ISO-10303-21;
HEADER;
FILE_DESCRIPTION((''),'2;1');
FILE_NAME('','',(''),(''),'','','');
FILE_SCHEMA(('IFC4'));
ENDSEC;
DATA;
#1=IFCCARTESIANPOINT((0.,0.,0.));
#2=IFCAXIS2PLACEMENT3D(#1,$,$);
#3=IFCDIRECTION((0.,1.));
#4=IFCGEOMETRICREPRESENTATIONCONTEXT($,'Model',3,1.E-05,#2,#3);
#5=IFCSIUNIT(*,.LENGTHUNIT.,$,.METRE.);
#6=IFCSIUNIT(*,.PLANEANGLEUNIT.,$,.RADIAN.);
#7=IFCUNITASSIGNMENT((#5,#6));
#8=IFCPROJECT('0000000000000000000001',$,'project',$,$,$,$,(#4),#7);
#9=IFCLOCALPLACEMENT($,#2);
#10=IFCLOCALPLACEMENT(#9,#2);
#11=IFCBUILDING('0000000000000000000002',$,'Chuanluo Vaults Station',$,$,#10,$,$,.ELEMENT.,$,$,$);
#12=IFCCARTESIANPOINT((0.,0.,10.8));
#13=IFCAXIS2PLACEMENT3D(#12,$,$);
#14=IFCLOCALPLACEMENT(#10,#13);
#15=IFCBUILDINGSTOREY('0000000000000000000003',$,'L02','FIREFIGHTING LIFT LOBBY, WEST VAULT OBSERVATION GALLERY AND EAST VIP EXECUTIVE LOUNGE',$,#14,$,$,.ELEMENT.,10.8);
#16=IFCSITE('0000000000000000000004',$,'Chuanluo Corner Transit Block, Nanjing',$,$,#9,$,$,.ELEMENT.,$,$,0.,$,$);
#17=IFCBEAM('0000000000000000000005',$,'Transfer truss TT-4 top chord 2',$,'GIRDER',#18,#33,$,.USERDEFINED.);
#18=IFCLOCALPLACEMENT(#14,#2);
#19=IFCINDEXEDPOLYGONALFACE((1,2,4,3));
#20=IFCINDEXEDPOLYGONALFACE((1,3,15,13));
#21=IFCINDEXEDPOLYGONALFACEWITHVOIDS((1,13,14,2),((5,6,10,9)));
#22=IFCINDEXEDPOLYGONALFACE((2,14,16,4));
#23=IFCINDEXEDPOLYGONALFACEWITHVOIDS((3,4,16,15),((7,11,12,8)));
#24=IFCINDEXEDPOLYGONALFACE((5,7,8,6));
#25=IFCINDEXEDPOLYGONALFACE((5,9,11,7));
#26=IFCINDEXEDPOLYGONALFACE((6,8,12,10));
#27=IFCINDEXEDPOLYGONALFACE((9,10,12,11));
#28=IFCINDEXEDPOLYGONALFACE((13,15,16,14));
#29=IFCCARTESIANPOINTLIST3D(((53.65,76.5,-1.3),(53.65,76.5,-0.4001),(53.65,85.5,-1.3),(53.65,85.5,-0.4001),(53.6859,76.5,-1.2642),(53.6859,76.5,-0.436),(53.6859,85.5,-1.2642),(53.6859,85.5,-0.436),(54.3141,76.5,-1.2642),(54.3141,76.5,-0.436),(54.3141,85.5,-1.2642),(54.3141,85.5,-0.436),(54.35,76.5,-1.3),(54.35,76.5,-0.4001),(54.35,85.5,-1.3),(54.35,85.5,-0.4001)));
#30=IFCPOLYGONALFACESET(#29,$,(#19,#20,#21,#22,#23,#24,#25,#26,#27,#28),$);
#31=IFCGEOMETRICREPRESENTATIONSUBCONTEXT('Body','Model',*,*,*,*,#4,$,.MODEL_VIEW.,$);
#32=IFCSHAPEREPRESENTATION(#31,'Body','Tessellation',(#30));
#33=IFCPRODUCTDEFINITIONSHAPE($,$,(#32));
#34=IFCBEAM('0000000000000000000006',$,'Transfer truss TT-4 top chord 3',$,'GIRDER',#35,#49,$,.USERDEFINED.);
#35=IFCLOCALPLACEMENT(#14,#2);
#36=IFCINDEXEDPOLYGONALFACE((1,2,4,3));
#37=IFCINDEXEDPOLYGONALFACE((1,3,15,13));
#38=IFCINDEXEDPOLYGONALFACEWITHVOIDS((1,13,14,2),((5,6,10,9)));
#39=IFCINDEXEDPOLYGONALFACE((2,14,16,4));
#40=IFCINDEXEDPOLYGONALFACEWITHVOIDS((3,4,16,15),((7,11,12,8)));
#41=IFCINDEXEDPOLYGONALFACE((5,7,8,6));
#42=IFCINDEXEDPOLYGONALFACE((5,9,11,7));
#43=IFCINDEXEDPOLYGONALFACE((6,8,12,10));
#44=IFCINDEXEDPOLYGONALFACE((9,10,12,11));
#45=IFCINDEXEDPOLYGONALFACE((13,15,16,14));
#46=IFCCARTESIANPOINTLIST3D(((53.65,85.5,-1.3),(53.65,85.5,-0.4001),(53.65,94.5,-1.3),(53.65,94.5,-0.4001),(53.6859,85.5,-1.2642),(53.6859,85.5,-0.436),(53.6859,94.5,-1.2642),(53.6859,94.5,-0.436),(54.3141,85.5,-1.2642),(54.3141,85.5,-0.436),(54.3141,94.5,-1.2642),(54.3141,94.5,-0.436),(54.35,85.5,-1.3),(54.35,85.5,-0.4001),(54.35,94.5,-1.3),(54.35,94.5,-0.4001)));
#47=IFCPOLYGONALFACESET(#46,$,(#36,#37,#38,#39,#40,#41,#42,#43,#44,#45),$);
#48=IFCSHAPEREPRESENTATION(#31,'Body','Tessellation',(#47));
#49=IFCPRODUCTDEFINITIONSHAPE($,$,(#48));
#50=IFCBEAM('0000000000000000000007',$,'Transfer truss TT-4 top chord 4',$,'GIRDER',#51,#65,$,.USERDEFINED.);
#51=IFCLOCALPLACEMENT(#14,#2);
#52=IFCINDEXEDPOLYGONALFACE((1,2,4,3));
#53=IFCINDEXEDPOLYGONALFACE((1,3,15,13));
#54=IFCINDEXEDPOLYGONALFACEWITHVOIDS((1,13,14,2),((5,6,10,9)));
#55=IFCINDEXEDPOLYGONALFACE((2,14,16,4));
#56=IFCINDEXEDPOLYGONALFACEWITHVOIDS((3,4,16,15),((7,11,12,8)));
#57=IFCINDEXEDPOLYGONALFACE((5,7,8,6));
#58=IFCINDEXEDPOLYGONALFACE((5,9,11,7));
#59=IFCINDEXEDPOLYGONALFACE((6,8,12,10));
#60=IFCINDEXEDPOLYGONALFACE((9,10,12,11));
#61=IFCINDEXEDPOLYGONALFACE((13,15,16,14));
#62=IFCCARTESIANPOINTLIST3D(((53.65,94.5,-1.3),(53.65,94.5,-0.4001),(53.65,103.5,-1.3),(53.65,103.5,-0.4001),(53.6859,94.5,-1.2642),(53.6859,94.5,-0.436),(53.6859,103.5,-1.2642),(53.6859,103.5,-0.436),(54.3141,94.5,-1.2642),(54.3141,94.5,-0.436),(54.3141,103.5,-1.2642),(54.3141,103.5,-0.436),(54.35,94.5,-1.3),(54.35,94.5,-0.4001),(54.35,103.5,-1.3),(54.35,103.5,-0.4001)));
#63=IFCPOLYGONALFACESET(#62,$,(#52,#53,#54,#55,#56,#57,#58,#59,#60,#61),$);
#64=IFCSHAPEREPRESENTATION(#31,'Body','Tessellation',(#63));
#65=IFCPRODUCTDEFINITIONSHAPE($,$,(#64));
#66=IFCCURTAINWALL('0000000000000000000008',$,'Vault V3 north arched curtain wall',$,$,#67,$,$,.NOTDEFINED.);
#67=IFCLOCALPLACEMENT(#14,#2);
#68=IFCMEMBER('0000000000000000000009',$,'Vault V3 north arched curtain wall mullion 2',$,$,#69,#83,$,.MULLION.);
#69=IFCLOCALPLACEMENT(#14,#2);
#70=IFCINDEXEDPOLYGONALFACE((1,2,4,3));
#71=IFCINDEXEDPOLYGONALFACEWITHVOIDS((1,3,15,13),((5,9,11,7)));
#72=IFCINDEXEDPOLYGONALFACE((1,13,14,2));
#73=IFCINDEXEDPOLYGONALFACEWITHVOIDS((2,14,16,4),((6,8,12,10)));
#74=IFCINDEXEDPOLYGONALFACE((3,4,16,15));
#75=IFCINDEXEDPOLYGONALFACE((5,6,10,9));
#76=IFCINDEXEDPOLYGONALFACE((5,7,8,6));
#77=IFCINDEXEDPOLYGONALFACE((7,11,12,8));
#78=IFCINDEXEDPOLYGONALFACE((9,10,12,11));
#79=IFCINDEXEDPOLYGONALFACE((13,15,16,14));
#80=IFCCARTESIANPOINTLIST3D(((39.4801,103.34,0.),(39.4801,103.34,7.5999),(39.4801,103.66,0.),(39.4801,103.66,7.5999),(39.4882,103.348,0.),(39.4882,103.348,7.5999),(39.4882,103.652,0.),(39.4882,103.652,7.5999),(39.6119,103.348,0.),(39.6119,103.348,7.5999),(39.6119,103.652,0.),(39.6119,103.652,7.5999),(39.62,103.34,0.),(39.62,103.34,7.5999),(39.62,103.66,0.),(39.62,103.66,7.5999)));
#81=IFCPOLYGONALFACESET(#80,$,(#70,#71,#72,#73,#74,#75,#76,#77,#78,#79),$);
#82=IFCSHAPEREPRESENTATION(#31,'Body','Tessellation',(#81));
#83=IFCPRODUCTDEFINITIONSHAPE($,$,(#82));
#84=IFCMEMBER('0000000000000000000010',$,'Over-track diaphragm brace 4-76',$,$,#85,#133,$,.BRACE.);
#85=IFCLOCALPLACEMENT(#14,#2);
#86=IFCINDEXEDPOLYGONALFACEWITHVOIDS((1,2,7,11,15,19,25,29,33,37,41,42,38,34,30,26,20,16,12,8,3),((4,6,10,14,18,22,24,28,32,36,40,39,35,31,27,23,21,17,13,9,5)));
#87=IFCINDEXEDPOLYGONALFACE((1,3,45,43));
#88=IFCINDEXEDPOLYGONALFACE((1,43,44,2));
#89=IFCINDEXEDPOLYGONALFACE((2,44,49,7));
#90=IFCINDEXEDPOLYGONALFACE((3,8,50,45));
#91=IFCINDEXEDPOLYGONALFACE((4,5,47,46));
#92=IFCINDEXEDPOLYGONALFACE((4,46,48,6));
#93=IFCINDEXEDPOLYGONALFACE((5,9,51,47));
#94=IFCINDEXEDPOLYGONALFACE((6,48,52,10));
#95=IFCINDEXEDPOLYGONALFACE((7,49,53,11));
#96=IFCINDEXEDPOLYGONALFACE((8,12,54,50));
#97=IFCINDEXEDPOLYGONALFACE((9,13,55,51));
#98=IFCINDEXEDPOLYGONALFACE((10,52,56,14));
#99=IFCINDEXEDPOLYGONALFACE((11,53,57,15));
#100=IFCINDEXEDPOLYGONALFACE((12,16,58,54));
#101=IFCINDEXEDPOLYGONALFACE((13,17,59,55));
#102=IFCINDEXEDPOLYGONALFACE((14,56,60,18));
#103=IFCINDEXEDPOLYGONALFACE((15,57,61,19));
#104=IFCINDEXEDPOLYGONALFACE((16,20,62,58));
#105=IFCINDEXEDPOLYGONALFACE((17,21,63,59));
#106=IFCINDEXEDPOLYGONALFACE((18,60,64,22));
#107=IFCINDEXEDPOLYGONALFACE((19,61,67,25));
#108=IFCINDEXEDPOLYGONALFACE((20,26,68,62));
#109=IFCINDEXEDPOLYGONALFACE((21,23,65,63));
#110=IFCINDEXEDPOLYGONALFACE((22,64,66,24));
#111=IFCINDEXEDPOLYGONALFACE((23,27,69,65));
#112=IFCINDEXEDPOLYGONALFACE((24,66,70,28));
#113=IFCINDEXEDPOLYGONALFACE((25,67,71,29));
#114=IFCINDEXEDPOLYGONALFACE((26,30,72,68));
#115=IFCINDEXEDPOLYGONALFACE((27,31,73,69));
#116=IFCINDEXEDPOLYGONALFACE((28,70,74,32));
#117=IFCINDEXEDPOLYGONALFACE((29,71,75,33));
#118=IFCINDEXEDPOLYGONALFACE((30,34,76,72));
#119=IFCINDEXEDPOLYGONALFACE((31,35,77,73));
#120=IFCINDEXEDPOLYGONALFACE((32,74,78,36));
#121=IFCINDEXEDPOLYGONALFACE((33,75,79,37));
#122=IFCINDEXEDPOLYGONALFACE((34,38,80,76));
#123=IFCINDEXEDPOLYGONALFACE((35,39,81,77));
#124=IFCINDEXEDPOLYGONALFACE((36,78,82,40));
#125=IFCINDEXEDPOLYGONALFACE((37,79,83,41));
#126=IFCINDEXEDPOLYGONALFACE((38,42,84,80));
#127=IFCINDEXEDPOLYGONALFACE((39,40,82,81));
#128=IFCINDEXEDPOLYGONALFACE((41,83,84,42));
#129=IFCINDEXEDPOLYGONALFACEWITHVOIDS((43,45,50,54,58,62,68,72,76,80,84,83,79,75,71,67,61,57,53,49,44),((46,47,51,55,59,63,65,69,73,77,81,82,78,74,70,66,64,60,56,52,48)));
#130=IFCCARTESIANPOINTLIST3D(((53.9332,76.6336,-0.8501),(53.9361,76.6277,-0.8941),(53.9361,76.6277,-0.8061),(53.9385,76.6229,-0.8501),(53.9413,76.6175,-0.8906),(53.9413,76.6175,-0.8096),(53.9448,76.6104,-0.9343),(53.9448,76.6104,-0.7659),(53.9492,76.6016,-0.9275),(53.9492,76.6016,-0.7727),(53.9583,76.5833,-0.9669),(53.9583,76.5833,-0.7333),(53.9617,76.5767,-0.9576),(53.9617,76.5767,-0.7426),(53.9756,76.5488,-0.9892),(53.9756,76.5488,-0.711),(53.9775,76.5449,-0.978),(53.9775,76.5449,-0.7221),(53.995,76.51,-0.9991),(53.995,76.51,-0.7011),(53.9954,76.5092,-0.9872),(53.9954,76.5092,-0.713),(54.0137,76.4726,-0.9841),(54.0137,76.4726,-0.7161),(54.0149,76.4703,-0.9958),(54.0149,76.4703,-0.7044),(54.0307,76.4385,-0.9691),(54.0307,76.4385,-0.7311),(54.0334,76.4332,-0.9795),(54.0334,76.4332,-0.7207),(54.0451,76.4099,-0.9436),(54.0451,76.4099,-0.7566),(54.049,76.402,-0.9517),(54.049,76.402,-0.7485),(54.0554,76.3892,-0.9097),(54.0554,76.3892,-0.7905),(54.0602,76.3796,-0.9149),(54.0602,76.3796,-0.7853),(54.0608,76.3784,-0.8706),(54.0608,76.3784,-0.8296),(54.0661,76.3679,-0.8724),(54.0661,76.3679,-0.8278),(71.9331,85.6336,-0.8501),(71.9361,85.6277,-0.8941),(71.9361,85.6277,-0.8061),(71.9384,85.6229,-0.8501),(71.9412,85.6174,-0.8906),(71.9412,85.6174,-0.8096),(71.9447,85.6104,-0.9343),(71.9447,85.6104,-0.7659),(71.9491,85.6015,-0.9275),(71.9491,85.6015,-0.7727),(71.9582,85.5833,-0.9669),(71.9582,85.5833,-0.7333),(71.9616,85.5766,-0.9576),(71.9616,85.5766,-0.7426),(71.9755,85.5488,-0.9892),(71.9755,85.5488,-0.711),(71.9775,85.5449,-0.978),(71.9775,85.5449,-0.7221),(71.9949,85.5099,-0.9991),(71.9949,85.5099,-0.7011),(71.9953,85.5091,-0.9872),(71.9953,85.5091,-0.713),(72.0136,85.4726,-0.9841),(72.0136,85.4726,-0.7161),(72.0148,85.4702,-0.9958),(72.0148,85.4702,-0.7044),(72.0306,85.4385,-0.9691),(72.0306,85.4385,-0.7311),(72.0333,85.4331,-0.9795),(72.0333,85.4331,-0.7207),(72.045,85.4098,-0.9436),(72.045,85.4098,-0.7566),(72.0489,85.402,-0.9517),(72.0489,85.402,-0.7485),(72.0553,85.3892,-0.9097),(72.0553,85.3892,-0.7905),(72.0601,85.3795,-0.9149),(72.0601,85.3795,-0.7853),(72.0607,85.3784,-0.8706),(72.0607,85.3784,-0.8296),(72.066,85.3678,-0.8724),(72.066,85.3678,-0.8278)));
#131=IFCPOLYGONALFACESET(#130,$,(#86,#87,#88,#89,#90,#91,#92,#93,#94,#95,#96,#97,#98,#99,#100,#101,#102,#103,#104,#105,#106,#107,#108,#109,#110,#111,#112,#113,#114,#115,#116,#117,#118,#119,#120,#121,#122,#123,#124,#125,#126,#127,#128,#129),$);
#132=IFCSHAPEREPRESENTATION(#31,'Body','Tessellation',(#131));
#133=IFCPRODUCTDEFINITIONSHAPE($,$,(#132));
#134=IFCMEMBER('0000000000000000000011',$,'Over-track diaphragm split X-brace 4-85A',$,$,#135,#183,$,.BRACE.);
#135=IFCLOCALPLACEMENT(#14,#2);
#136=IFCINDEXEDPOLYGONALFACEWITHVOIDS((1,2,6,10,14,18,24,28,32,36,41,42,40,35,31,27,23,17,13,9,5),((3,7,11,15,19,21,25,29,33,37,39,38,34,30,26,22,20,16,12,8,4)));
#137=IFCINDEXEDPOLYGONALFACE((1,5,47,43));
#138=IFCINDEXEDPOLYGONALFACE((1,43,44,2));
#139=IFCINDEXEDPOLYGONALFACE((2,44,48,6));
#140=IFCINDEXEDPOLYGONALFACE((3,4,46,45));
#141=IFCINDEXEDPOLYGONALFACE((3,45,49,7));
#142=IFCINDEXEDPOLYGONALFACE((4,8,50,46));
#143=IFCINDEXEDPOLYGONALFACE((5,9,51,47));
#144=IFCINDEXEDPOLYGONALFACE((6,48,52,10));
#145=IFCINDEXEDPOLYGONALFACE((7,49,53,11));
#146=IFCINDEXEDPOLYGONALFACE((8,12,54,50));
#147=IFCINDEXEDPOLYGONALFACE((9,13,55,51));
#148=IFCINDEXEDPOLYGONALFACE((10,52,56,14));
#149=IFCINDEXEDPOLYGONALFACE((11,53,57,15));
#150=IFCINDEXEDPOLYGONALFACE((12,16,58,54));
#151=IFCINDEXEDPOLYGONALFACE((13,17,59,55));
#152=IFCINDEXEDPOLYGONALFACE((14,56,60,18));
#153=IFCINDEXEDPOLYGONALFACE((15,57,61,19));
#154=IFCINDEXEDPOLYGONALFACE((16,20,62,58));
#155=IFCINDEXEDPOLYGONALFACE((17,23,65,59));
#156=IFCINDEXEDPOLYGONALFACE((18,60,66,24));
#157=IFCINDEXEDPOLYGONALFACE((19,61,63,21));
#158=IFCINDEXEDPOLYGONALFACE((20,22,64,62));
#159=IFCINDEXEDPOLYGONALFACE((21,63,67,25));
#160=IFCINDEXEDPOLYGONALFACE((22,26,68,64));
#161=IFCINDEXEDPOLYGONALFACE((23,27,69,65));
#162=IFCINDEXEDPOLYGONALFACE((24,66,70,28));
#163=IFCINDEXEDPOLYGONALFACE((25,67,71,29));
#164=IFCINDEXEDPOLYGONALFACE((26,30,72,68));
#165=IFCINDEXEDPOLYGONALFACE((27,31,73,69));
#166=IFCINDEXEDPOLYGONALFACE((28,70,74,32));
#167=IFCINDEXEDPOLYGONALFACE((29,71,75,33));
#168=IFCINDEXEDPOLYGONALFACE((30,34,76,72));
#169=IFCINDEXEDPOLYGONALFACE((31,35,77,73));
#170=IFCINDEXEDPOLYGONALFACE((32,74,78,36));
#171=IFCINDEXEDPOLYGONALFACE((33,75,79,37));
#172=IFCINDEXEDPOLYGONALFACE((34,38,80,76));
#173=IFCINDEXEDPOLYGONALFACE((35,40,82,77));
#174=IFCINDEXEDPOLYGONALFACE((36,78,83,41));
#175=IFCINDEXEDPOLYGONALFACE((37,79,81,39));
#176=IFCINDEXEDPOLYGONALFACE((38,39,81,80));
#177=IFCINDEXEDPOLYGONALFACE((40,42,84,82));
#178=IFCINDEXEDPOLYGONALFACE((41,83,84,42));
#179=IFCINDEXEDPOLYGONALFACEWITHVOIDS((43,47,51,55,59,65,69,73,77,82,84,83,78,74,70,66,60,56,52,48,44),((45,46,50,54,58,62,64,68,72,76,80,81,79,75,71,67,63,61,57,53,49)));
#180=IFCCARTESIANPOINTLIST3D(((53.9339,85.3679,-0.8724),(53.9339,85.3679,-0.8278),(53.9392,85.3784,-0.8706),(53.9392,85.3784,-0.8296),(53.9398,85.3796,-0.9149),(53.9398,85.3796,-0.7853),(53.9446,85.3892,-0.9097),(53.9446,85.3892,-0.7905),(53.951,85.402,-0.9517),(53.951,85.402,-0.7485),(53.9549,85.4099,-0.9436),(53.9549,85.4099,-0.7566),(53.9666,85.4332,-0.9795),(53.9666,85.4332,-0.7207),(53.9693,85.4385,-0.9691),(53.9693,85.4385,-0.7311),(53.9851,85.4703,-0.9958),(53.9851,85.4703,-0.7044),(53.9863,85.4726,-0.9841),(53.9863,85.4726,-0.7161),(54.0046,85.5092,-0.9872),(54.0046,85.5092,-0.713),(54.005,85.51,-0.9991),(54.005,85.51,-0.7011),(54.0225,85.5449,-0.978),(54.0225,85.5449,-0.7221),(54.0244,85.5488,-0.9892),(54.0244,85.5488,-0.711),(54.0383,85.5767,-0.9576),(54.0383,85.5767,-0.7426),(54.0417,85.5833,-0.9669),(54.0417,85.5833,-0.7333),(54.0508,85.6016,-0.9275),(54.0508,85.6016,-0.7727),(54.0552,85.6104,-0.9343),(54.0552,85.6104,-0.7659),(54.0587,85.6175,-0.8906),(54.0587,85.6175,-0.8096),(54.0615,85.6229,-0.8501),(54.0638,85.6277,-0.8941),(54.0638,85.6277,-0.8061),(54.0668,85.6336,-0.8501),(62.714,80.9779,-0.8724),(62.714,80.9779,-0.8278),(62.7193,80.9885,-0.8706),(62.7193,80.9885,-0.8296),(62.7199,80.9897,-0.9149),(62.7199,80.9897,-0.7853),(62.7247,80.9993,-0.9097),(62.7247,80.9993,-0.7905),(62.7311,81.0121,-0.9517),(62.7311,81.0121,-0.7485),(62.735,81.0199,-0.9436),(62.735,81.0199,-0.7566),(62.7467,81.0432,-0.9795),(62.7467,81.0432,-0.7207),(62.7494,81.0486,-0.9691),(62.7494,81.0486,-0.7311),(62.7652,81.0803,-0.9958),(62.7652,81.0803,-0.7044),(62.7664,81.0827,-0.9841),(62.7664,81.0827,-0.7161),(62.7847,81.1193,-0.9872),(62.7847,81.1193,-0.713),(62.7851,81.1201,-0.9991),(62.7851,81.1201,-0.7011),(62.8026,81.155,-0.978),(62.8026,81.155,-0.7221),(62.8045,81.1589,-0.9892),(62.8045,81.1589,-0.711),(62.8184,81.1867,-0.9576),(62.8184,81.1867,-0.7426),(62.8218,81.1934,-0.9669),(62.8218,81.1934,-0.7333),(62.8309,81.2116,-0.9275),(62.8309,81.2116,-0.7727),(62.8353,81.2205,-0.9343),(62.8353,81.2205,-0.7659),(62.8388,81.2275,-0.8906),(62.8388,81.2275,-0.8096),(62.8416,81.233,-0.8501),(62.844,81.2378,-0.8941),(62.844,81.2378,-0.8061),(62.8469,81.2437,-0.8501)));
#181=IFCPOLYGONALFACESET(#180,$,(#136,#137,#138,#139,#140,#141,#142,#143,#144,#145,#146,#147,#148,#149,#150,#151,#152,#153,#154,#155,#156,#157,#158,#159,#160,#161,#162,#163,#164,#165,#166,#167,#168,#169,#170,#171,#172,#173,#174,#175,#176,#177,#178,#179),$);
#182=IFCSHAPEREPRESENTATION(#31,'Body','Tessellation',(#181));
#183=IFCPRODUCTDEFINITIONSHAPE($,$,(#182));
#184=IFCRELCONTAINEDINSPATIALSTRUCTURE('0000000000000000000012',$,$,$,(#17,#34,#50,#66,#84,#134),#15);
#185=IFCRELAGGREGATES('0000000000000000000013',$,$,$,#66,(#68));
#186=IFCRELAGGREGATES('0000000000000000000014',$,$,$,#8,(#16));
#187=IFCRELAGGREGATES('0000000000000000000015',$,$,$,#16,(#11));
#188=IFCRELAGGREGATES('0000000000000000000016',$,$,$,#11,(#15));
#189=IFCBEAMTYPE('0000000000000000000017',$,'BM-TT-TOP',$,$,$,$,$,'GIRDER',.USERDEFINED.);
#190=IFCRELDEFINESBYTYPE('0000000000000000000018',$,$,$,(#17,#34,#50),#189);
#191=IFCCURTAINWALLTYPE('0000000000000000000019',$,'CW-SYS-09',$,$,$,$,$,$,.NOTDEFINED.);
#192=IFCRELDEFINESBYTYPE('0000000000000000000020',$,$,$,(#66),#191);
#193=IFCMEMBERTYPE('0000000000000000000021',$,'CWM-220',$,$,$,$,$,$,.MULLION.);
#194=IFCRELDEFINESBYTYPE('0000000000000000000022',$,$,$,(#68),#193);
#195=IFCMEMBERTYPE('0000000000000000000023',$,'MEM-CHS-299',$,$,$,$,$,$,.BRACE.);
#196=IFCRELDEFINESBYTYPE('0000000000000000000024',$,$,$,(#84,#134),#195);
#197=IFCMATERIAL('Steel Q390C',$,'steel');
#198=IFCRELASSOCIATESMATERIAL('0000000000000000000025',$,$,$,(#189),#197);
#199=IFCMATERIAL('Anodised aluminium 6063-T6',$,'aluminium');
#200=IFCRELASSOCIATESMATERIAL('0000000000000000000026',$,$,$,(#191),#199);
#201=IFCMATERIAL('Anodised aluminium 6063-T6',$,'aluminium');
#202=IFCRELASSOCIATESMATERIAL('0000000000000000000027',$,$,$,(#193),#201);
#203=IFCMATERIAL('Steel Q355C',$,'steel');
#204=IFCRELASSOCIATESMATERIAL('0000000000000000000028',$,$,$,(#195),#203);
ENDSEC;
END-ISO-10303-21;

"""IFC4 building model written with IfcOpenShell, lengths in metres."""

from ifc_helpers import new_model, si_unit, direction, frame, origin, origin_2d, place, context, subcontext, project, spatial, hollow_rectangle, hollow_circle, extrude, material, material_profile, profile_set, type_object, element, aggregate, save


model = new_model("IFC4")

# Units and contexts
model_context = context("Model", 3, precision=1e-05, world=origin(), true_north=direction((0.0, 1.0)))
body_context = subcontext(model_context, "Body", "Model", "MODEL_VIEW")
ifc_project = project(units=[si_unit("LENGTHUNIT", "METRE"), si_unit("PLANEANGLEUNIT", "RADIAN")], contexts=[model_context])

# Site, building, storey
site_placement = place(None, origin())
site = spatial("IfcSite", under=ifc_project, at=site_placement, Name="Chuanluo Corner Transit Block, Nanjing", CompositionType="ELEMENT", RefElevation=0.0)
building_placement = place(site_placement, origin())
building = spatial("IfcBuilding", under=site, at=building_placement, Name="Chuanluo Vaults Station", CompositionType="ELEMENT")
storey_placement = place(building_placement, frame((0.0, 0.0, 10.8)))
storey = spatial("IfcBuildingStorey", under=building, at=storey_placement, Name="L02", Description="FIREFIGHTING LIFT LOBBY, WEST VAULT OBSERVATION GALLERY AND EAST VIP EXECUTIVE LOUNGE", CompositionType="ELEMENT", Elevation=10.8)

# Beams
ifc_material_1 = material(Name="Steel Q390C", Category="steel")
ifc_material_profile_1 = material_profile(ifc_material_1, hollow_rectangle(XDim=0.7, YDim=0.8999, WallThickness=0.0359, at=origin_2d()))
ifc_profile_set_1 = profile_set([ifc_material_profile_1], Name="Steel Q390C")
beam_type_1 = type_object("IfcBeamType", Name="BM-TT-TOP", ElementType="GIRDER", PredefinedType="USERDEFINED", material=ifc_profile_set_1)
for number, where, z_axis, x_axis, name in (
    (1, (54.0, 76.5, -0.8501), (0.0, 1.0, 0.0), (-1.0, 0.0, 0.0), "Transfer truss TT-4 top chord 2"),
    (2, (54.0, 85.5, -0.8501), (0.0, 1.0, 0.0), (-1.0, 0.0, 0.0), "Transfer truss TT-4 top chord 3"),
    (3, (54.0, 94.5, -0.8501), (0.0, 1.0, 0.0), (-1.0, 0.0, 0.0), "Transfer truss TT-4 top chord 4"),
):
    element("IfcBeam", number, at=place(storey_placement, frame(where, z_axis=z_axis, x_axis=x_axis)), inside=storey, type_object=beam_type_1, Name=name, ObjectType="GIRDER", PredefinedType="USERDEFINED", context=body_context, shape_type="SweptSolid", body=[
        extrude(hollow_rectangle(XDim=0.7, YDim=0.8999, WallThickness=0.0359, at=origin_2d()), origin(), (0.0, 0.0, 1.0), 9.0),
    ])

# Curtain wall, member
ifc_material_2 = material(Name="Anodised aluminium 6063-T6", Category="aluminium")
curtain_wall_type = type_object("IfcCurtainWallType", Name="CW-SYS-09", PredefinedType="NOTDEFINED", material=ifc_material_2)
curtain_wall_placement = place(storey_placement, origin())
curtain_wall = element("IfcCurtainWall", 4, at=curtain_wall_placement, inside=storey, type_object=curtain_wall_type, Name="Vault V3 north arched curtain wall", PredefinedType="NOTDEFINED")
ifc_material_3 = material(Name="Anodised aluminium 6063-T6", Category="aluminium")
ifc_material_profile_2 = material_profile(ifc_material_3, hollow_rectangle(XDim=0.1399, YDim=0.3201, WallThickness=0.0081, at=origin_2d()))
ifc_profile_set_2 = profile_set([ifc_material_profile_2], Name="Anodised aluminium 6063-T6")
member_type_1 = type_object("IfcMemberType", Name="CWM-220", PredefinedType="MULLION", material=ifc_profile_set_2)
member_1_placement = place(storey_placement, frame((39.55, 103.5, 0.0), z_axis=(0.0, 0.0, 1.0), x_axis=(1.0, 0.0, 0.0)))
member_1 = element("IfcMember", 5, at=member_1_placement, type_object=member_type_1, Name="Vault V3 north arched curtain wall mullion 2", PredefinedType="MULLION", context=body_context, shape_type="SweptSolid", body=[
    extrude(hollow_rectangle(XDim=0.1399, YDim=0.3201, WallThickness=0.0081, at=origin_2d()), origin(), (0.0, 0.0, 1.0), 7.5999),
])
aggregate(curtain_wall, [member_1])

# Members
ifc_material_4 = material(Name="Steel Q355C", Category="steel")
ifc_material_profile_3 = material_profile(ifc_material_4, hollow_circle(Radius=0.1494, WallThickness=0.012, at=origin_2d()))
ifc_profile_set_3 = profile_set([ifc_material_profile_3], Name="Steel Q355C")
member_type_2 = type_object("IfcMemberType", Name="MEM-CHS-299", PredefinedType="BRACE", material=ifc_profile_set_3)
member_2_placement = place(storey_placement, frame((54.0, 76.5, -0.8501), z_axis=(0.894427, 0.447214, 0.0), x_axis=(-0.447214, 0.894427, 0.0)))
element("IfcMember", 6, at=member_2_placement, inside=storey, type_object=member_type_2, Name="Over-track diaphragm brace 4-76", PredefinedType="BRACE", context=body_context, shape_type="SweptSolid", body=[
    extrude(hollow_circle(Radius=0.1494, WallThickness=0.012, at=origin_2d()), origin(), (0.0, 0.0, 1.0), 20.1245),
])
member_3_placement = place(storey_placement, frame((54.0, 85.5, -0.8501), z_axis=(0.894432, -0.447204, 0.0), x_axis=(0.447204, 0.894432, 0.0)))
element("IfcMember", 7, at=member_3_placement, inside=storey, type_object=member_type_2, Name="Over-track diaphragm split X-brace 4-85A", PredefinedType="BRACE", context=body_context, shape_type="SweptSolid", body=[
    extrude(hollow_circle(Radius=0.1494, WallThickness=0.012, at=origin_2d()), origin(), (0.0, 0.0, 1.0), 9.8164),
])

save(model, "model.ifc")
